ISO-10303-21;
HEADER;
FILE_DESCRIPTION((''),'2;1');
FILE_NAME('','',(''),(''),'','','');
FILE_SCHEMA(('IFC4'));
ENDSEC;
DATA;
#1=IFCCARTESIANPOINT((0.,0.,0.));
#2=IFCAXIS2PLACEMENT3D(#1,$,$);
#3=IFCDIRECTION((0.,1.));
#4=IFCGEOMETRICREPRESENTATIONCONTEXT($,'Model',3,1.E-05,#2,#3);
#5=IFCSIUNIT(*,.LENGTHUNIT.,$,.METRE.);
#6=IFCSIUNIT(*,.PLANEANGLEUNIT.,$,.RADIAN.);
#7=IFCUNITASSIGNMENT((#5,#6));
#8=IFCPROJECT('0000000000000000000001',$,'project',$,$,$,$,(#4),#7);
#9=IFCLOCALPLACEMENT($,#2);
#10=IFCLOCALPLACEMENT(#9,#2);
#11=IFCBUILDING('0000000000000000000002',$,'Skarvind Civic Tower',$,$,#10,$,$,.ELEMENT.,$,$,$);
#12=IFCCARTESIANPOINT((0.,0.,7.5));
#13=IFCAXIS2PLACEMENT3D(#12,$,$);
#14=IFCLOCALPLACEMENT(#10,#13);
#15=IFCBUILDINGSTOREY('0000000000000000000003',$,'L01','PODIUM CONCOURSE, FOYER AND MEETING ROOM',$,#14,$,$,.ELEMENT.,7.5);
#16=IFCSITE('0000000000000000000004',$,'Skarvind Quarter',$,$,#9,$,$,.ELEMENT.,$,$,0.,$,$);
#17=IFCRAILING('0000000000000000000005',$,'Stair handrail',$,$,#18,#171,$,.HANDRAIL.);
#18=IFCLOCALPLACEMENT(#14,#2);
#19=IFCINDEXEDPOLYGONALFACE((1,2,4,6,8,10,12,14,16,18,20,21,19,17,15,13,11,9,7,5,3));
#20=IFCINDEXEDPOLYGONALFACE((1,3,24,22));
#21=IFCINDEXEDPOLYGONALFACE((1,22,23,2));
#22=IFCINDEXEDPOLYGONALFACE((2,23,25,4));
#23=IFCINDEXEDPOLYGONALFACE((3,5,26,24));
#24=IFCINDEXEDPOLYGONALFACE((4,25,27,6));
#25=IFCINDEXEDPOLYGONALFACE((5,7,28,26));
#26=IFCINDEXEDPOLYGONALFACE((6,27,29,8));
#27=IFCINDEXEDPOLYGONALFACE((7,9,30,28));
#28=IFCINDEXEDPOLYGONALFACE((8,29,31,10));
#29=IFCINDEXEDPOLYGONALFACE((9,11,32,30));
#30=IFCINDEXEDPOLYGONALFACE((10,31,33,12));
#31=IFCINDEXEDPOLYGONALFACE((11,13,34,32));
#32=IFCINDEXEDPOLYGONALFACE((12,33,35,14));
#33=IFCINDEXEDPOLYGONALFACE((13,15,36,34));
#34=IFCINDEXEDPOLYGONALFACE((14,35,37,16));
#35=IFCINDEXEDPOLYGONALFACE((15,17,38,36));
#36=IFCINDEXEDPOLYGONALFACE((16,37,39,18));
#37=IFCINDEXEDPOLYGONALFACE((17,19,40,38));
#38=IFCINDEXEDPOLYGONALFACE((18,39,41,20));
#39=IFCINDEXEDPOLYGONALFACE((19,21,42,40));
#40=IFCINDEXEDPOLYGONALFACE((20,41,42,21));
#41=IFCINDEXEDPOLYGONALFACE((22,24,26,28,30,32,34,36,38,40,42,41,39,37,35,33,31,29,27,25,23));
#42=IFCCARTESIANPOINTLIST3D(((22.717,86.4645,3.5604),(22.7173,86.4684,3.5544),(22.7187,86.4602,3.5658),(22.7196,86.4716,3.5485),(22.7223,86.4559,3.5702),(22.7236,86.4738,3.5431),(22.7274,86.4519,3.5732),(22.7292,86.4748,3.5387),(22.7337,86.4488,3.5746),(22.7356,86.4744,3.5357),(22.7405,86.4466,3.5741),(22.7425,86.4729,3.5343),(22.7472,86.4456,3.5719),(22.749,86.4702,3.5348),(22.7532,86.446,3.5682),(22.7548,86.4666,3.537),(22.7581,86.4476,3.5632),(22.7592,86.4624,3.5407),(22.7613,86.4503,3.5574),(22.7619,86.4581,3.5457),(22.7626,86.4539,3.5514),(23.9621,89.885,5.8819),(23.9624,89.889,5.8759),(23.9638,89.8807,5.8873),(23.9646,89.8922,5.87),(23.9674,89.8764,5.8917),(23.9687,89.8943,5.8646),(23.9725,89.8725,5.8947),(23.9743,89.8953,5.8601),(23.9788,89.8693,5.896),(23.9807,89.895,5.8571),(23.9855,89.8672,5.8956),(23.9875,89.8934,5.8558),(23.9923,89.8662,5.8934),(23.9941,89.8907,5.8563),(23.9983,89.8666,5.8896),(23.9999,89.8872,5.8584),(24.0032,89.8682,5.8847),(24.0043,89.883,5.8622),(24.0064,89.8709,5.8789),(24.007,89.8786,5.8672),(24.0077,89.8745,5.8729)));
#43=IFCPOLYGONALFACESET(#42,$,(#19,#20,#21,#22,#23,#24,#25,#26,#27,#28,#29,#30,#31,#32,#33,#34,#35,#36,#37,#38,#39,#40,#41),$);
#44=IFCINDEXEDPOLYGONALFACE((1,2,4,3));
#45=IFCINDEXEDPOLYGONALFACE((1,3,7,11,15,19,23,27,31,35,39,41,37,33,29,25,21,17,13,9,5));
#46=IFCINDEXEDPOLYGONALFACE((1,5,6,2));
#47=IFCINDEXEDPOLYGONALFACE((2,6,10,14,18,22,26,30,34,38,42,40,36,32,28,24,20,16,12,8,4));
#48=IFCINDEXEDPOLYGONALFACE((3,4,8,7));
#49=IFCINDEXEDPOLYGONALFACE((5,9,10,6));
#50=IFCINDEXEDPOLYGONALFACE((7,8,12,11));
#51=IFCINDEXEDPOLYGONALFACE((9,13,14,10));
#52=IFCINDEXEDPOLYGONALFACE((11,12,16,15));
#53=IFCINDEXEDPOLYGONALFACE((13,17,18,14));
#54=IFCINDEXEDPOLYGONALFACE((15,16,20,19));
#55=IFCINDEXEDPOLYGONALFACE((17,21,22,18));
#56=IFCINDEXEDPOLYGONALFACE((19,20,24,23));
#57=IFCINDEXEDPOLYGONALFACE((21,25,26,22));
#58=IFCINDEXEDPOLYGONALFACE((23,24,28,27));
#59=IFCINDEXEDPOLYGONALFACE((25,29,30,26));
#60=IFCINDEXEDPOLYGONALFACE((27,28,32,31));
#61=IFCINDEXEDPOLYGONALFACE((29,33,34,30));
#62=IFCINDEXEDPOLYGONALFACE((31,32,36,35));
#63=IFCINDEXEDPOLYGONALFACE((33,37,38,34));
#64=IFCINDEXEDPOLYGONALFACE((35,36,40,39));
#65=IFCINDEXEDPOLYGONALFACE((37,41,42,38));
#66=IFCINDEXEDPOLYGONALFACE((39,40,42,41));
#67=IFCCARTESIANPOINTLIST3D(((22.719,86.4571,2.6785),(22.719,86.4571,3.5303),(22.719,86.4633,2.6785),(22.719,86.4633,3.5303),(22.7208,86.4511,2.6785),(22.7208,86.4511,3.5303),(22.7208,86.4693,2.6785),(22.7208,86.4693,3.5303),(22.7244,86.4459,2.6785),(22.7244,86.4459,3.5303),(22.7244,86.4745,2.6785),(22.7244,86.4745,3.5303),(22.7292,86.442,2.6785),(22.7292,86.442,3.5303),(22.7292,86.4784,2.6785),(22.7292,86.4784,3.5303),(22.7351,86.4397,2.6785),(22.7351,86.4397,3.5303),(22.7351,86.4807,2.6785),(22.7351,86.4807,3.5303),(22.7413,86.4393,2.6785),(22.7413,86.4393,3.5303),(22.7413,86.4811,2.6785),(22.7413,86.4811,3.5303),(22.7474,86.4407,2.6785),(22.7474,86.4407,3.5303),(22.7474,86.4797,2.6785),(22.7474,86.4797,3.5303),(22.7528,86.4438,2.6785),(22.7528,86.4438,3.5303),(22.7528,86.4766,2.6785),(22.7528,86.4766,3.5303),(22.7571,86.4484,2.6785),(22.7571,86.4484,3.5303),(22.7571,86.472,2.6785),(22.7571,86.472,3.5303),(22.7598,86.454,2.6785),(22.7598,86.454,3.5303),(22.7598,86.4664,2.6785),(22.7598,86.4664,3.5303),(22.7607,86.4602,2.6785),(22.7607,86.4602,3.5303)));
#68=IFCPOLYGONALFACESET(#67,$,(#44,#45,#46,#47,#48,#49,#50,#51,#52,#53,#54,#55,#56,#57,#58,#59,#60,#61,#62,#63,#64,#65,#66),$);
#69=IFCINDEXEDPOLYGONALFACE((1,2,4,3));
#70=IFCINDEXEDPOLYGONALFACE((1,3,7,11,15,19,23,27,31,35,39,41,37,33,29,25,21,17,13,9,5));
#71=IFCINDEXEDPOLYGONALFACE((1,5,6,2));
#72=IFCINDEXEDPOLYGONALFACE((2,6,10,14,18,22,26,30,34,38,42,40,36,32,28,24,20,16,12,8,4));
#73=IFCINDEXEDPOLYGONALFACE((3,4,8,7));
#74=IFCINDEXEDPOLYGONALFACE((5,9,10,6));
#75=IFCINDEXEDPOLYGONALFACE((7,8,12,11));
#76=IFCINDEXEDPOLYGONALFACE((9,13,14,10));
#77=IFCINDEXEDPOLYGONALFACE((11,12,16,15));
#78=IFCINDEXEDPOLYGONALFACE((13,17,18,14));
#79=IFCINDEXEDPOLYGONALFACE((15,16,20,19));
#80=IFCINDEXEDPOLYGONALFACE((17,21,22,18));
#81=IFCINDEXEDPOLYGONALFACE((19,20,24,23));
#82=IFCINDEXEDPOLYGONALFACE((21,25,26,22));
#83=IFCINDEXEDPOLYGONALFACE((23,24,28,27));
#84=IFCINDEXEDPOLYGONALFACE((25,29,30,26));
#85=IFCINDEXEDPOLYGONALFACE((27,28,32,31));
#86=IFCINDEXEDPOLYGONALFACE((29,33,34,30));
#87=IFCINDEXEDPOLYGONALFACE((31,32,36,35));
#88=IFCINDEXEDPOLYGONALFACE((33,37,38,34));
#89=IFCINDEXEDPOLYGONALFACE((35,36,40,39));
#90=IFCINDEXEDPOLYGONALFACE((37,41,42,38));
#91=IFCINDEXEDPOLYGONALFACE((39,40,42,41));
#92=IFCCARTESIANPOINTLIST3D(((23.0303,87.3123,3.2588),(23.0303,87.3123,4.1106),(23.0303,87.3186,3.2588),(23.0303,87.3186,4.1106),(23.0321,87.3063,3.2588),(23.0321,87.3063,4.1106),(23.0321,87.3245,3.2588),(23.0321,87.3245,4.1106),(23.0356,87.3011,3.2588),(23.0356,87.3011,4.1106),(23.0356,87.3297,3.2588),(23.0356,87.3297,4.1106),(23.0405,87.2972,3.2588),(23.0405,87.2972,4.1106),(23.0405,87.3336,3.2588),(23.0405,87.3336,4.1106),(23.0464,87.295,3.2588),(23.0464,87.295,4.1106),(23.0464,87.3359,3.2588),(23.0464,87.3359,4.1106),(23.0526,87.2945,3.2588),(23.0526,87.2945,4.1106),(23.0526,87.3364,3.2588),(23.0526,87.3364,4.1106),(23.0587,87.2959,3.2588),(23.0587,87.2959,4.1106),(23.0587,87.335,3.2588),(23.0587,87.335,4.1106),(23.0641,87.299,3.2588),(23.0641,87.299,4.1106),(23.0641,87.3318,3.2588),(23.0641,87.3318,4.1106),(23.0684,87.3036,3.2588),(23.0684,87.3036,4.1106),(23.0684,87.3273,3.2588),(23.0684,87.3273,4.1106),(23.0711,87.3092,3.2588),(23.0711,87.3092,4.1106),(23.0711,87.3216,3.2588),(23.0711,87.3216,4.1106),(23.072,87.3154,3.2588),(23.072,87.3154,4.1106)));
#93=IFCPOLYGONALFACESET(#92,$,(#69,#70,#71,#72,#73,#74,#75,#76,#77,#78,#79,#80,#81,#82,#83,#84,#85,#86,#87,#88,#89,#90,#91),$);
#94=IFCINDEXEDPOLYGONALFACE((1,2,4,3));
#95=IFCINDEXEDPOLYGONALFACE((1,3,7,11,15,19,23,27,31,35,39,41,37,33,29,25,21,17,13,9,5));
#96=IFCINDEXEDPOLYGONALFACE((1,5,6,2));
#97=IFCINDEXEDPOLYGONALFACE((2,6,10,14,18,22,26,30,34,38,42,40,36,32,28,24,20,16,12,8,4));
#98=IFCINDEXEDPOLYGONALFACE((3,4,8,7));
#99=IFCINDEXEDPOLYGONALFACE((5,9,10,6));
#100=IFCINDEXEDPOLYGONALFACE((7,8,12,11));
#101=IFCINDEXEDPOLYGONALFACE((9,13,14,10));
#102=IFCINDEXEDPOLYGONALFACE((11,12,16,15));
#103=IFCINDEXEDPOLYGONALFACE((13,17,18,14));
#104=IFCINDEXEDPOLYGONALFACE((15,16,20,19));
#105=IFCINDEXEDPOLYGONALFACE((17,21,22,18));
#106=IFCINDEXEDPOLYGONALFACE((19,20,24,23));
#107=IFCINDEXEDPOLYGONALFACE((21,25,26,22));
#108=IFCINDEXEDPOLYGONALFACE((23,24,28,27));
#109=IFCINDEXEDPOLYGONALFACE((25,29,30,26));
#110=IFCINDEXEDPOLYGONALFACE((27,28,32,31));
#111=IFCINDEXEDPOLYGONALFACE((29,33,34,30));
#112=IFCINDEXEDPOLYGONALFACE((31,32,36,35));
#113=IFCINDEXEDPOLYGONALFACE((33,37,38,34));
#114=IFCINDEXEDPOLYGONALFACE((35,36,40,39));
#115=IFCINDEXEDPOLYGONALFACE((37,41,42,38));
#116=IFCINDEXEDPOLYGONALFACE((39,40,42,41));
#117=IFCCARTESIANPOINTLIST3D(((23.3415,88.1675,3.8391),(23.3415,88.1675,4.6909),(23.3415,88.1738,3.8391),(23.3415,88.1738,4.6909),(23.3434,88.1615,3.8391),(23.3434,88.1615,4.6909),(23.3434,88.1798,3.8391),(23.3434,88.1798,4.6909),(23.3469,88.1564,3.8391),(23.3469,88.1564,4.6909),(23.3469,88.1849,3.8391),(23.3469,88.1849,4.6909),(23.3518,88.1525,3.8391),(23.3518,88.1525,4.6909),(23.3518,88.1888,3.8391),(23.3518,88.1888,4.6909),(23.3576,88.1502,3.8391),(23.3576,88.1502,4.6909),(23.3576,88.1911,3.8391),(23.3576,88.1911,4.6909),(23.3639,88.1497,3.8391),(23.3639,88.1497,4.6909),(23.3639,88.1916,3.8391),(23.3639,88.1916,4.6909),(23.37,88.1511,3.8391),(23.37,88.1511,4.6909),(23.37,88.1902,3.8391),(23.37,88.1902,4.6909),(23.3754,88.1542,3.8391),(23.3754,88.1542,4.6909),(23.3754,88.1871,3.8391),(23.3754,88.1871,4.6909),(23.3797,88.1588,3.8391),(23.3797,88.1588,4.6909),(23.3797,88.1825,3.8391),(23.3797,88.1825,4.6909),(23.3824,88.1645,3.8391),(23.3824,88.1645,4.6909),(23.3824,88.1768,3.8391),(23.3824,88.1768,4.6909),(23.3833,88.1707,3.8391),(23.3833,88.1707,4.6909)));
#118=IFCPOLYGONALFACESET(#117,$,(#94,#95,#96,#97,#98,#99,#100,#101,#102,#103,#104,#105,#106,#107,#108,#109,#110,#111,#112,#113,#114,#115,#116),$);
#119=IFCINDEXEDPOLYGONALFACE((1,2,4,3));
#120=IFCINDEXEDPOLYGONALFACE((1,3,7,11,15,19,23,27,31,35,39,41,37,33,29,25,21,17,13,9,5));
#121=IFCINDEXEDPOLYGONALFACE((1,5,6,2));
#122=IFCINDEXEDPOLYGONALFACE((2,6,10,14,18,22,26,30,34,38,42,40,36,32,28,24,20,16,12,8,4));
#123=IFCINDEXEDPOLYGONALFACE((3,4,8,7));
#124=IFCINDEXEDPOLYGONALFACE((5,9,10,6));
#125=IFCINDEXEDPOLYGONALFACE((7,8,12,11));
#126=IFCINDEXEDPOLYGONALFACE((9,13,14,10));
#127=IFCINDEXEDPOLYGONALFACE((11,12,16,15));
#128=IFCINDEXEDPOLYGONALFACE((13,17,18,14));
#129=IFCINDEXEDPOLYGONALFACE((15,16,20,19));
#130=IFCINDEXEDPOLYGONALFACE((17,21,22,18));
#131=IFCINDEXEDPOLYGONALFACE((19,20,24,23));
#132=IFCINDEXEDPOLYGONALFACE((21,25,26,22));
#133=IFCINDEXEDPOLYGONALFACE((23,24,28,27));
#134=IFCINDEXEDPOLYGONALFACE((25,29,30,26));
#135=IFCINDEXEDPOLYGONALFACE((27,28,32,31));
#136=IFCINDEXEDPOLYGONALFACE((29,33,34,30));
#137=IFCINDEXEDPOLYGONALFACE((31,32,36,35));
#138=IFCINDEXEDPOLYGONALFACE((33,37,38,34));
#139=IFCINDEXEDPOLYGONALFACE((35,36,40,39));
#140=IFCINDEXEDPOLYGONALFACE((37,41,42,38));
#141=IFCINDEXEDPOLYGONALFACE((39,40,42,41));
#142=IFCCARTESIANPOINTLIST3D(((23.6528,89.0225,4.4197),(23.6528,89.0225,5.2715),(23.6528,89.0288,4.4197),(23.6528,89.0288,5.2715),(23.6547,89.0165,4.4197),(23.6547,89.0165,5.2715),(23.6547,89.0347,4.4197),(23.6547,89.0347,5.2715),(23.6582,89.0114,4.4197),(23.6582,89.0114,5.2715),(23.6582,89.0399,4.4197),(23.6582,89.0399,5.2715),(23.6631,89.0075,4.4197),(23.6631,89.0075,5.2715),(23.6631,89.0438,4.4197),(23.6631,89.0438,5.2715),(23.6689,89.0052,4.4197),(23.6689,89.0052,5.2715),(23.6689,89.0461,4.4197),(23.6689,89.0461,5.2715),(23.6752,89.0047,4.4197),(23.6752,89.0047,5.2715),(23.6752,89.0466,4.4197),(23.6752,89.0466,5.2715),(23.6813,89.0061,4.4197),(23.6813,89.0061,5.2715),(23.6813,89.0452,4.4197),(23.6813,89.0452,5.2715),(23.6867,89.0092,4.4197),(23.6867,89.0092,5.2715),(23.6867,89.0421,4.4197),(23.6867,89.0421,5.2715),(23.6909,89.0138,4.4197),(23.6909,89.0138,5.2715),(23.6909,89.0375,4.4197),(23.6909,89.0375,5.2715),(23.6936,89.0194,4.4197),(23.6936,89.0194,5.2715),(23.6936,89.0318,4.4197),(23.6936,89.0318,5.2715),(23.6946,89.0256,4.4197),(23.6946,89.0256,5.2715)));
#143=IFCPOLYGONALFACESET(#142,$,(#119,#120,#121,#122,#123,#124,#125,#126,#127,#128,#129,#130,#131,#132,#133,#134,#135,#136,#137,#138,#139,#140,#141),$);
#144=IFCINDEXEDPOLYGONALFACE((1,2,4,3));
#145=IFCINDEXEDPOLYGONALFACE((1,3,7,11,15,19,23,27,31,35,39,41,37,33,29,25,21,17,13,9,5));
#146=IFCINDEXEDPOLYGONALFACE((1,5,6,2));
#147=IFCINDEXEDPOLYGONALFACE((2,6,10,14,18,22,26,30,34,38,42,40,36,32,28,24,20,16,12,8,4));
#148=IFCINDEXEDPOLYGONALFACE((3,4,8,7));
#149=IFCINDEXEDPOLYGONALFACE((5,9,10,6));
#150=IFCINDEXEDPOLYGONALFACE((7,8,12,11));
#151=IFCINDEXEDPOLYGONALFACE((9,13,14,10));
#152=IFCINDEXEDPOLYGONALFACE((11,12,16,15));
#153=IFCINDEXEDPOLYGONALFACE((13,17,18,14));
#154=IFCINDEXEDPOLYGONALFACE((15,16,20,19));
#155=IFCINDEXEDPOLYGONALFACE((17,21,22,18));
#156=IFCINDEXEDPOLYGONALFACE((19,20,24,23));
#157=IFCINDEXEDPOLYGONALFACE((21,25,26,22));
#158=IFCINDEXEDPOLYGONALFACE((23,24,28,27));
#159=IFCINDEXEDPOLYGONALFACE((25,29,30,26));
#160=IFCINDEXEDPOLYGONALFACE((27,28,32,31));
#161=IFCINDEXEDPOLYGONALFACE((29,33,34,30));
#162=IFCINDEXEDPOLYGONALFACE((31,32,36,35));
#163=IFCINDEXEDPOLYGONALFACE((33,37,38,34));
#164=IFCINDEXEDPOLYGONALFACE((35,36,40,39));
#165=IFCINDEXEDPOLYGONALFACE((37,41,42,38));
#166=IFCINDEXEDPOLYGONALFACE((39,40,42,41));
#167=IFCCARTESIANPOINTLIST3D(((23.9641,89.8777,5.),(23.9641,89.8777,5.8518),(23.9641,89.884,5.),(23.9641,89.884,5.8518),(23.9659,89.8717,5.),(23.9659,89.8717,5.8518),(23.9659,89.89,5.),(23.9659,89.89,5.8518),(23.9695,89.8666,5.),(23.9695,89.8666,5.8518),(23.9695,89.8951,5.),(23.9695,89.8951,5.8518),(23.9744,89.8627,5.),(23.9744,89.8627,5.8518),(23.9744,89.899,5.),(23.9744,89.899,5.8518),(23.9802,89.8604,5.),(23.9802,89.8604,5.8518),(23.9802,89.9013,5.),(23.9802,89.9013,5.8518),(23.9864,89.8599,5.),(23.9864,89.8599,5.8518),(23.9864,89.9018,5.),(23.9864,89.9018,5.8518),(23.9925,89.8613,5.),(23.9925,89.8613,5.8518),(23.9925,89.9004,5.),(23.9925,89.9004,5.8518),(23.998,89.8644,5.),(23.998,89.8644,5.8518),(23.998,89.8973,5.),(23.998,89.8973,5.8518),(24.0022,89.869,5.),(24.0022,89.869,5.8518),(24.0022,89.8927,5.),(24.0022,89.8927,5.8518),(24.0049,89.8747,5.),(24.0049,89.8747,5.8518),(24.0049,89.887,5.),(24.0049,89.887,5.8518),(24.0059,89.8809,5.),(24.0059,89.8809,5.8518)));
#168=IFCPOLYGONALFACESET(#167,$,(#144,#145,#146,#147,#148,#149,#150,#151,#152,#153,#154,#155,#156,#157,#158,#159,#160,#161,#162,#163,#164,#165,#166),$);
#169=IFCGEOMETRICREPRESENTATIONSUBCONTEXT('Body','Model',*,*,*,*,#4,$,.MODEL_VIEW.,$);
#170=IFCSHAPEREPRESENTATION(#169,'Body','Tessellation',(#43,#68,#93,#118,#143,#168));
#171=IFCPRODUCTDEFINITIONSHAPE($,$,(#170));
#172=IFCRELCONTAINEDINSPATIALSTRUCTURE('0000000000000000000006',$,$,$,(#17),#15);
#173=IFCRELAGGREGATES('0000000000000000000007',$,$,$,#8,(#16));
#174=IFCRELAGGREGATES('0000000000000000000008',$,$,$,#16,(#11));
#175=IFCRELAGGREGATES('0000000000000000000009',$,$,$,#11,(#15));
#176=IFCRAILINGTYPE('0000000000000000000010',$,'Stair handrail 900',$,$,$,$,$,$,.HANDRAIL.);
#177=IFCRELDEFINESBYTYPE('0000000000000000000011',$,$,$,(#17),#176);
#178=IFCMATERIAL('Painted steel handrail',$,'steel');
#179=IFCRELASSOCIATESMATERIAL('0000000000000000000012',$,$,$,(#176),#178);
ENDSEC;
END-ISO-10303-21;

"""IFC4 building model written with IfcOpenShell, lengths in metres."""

from ifc_helpers import new_model, si_unit, direction, frame, origin, origin_2d, place, context, subcontext, project, spatial, circle, extrude, material, type_object, element, save


model = new_model("IFC4")

# Units and contexts
model_context = context("Model", 3, precision=1e-05, world=origin(), true_north=direction((0.0, 1.0)))
body_context = subcontext(model_context, "Body", "Model", "MODEL_VIEW")
ifc_project = project(units=[si_unit("LENGTHUNIT", "METRE"), si_unit("PLANEANGLEUNIT", "RADIAN")], contexts=[model_context])

# Site, building, storey
site_placement = place(None, origin())
site = spatial("IfcSite", under=ifc_project, at=site_placement, Name="Skarvind Quarter", CompositionType="ELEMENT", RefElevation=0.0)
building_placement = place(site_placement, origin())
building = spatial("IfcBuilding", under=site, at=building_placement, Name="Skarvind Civic Tower", CompositionType="ELEMENT")
storey_placement = place(building_placement, frame((0.0, 0.0, 7.5)))
storey = spatial("IfcBuildingStorey", under=building, at=storey_placement, Name="L01", Description="PODIUM CONCOURSE, FOYER AND MEETING ROOM", CompositionType="ELEMENT", Elevation=7.5)

# Railing
ifc_material_1 = material(Name="Painted steel handrail", Category="steel")
railing_type = type_object("IfcRailingType", Name="Stair handrail 900", PredefinedType="HANDRAIL", material=ifc_material_1)
railing_placement = place(storey_placement, frame((22.7397, 86.4602, 2.6785)))
element("IfcRailing", 1, at=railing_placement, inside=storey, type_object=railing_type, Name="Stair handrail", PredefinedType="HANDRAIL", context=body_context, shape_type="SweptSolid", body=[
    extrude(circle(Radius=0.0239, at=origin_2d()), frame((0.0, 0.0, 0.876), z_axis=(0.288389, 0.792279, 0.537705), x_axis=(-0.939684, 0.342045, 0.0)), (0.0, 0.0, 1.0), 4.3174),
    extrude(circle(Radius=0.021, at=origin_2d()), origin(), (0.0, 0.0, 1.0), 0.8518),
    extrude(circle(Radius=0.021, at=origin_2d()), frame((0.3113, 0.8552, 0.5803)), (0.0, 0.0, 1.0), 0.8518),
    extrude(circle(Radius=0.021, at=origin_2d()), frame((0.6226, 1.7104, 1.1606)), (0.0, 0.0, 1.0), 0.8518),
    extrude(circle(Radius=0.021, at=origin_2d()), frame((0.9338, 2.5654, 1.7412)), (0.0, 0.0, 1.0), 0.8518),
    extrude(circle(Radius=0.021, at=origin_2d()), frame((1.2451, 3.4207, 2.3215)), (0.0, 0.0, 1.0), 0.8518),
])

save(model, "model.ifc")
